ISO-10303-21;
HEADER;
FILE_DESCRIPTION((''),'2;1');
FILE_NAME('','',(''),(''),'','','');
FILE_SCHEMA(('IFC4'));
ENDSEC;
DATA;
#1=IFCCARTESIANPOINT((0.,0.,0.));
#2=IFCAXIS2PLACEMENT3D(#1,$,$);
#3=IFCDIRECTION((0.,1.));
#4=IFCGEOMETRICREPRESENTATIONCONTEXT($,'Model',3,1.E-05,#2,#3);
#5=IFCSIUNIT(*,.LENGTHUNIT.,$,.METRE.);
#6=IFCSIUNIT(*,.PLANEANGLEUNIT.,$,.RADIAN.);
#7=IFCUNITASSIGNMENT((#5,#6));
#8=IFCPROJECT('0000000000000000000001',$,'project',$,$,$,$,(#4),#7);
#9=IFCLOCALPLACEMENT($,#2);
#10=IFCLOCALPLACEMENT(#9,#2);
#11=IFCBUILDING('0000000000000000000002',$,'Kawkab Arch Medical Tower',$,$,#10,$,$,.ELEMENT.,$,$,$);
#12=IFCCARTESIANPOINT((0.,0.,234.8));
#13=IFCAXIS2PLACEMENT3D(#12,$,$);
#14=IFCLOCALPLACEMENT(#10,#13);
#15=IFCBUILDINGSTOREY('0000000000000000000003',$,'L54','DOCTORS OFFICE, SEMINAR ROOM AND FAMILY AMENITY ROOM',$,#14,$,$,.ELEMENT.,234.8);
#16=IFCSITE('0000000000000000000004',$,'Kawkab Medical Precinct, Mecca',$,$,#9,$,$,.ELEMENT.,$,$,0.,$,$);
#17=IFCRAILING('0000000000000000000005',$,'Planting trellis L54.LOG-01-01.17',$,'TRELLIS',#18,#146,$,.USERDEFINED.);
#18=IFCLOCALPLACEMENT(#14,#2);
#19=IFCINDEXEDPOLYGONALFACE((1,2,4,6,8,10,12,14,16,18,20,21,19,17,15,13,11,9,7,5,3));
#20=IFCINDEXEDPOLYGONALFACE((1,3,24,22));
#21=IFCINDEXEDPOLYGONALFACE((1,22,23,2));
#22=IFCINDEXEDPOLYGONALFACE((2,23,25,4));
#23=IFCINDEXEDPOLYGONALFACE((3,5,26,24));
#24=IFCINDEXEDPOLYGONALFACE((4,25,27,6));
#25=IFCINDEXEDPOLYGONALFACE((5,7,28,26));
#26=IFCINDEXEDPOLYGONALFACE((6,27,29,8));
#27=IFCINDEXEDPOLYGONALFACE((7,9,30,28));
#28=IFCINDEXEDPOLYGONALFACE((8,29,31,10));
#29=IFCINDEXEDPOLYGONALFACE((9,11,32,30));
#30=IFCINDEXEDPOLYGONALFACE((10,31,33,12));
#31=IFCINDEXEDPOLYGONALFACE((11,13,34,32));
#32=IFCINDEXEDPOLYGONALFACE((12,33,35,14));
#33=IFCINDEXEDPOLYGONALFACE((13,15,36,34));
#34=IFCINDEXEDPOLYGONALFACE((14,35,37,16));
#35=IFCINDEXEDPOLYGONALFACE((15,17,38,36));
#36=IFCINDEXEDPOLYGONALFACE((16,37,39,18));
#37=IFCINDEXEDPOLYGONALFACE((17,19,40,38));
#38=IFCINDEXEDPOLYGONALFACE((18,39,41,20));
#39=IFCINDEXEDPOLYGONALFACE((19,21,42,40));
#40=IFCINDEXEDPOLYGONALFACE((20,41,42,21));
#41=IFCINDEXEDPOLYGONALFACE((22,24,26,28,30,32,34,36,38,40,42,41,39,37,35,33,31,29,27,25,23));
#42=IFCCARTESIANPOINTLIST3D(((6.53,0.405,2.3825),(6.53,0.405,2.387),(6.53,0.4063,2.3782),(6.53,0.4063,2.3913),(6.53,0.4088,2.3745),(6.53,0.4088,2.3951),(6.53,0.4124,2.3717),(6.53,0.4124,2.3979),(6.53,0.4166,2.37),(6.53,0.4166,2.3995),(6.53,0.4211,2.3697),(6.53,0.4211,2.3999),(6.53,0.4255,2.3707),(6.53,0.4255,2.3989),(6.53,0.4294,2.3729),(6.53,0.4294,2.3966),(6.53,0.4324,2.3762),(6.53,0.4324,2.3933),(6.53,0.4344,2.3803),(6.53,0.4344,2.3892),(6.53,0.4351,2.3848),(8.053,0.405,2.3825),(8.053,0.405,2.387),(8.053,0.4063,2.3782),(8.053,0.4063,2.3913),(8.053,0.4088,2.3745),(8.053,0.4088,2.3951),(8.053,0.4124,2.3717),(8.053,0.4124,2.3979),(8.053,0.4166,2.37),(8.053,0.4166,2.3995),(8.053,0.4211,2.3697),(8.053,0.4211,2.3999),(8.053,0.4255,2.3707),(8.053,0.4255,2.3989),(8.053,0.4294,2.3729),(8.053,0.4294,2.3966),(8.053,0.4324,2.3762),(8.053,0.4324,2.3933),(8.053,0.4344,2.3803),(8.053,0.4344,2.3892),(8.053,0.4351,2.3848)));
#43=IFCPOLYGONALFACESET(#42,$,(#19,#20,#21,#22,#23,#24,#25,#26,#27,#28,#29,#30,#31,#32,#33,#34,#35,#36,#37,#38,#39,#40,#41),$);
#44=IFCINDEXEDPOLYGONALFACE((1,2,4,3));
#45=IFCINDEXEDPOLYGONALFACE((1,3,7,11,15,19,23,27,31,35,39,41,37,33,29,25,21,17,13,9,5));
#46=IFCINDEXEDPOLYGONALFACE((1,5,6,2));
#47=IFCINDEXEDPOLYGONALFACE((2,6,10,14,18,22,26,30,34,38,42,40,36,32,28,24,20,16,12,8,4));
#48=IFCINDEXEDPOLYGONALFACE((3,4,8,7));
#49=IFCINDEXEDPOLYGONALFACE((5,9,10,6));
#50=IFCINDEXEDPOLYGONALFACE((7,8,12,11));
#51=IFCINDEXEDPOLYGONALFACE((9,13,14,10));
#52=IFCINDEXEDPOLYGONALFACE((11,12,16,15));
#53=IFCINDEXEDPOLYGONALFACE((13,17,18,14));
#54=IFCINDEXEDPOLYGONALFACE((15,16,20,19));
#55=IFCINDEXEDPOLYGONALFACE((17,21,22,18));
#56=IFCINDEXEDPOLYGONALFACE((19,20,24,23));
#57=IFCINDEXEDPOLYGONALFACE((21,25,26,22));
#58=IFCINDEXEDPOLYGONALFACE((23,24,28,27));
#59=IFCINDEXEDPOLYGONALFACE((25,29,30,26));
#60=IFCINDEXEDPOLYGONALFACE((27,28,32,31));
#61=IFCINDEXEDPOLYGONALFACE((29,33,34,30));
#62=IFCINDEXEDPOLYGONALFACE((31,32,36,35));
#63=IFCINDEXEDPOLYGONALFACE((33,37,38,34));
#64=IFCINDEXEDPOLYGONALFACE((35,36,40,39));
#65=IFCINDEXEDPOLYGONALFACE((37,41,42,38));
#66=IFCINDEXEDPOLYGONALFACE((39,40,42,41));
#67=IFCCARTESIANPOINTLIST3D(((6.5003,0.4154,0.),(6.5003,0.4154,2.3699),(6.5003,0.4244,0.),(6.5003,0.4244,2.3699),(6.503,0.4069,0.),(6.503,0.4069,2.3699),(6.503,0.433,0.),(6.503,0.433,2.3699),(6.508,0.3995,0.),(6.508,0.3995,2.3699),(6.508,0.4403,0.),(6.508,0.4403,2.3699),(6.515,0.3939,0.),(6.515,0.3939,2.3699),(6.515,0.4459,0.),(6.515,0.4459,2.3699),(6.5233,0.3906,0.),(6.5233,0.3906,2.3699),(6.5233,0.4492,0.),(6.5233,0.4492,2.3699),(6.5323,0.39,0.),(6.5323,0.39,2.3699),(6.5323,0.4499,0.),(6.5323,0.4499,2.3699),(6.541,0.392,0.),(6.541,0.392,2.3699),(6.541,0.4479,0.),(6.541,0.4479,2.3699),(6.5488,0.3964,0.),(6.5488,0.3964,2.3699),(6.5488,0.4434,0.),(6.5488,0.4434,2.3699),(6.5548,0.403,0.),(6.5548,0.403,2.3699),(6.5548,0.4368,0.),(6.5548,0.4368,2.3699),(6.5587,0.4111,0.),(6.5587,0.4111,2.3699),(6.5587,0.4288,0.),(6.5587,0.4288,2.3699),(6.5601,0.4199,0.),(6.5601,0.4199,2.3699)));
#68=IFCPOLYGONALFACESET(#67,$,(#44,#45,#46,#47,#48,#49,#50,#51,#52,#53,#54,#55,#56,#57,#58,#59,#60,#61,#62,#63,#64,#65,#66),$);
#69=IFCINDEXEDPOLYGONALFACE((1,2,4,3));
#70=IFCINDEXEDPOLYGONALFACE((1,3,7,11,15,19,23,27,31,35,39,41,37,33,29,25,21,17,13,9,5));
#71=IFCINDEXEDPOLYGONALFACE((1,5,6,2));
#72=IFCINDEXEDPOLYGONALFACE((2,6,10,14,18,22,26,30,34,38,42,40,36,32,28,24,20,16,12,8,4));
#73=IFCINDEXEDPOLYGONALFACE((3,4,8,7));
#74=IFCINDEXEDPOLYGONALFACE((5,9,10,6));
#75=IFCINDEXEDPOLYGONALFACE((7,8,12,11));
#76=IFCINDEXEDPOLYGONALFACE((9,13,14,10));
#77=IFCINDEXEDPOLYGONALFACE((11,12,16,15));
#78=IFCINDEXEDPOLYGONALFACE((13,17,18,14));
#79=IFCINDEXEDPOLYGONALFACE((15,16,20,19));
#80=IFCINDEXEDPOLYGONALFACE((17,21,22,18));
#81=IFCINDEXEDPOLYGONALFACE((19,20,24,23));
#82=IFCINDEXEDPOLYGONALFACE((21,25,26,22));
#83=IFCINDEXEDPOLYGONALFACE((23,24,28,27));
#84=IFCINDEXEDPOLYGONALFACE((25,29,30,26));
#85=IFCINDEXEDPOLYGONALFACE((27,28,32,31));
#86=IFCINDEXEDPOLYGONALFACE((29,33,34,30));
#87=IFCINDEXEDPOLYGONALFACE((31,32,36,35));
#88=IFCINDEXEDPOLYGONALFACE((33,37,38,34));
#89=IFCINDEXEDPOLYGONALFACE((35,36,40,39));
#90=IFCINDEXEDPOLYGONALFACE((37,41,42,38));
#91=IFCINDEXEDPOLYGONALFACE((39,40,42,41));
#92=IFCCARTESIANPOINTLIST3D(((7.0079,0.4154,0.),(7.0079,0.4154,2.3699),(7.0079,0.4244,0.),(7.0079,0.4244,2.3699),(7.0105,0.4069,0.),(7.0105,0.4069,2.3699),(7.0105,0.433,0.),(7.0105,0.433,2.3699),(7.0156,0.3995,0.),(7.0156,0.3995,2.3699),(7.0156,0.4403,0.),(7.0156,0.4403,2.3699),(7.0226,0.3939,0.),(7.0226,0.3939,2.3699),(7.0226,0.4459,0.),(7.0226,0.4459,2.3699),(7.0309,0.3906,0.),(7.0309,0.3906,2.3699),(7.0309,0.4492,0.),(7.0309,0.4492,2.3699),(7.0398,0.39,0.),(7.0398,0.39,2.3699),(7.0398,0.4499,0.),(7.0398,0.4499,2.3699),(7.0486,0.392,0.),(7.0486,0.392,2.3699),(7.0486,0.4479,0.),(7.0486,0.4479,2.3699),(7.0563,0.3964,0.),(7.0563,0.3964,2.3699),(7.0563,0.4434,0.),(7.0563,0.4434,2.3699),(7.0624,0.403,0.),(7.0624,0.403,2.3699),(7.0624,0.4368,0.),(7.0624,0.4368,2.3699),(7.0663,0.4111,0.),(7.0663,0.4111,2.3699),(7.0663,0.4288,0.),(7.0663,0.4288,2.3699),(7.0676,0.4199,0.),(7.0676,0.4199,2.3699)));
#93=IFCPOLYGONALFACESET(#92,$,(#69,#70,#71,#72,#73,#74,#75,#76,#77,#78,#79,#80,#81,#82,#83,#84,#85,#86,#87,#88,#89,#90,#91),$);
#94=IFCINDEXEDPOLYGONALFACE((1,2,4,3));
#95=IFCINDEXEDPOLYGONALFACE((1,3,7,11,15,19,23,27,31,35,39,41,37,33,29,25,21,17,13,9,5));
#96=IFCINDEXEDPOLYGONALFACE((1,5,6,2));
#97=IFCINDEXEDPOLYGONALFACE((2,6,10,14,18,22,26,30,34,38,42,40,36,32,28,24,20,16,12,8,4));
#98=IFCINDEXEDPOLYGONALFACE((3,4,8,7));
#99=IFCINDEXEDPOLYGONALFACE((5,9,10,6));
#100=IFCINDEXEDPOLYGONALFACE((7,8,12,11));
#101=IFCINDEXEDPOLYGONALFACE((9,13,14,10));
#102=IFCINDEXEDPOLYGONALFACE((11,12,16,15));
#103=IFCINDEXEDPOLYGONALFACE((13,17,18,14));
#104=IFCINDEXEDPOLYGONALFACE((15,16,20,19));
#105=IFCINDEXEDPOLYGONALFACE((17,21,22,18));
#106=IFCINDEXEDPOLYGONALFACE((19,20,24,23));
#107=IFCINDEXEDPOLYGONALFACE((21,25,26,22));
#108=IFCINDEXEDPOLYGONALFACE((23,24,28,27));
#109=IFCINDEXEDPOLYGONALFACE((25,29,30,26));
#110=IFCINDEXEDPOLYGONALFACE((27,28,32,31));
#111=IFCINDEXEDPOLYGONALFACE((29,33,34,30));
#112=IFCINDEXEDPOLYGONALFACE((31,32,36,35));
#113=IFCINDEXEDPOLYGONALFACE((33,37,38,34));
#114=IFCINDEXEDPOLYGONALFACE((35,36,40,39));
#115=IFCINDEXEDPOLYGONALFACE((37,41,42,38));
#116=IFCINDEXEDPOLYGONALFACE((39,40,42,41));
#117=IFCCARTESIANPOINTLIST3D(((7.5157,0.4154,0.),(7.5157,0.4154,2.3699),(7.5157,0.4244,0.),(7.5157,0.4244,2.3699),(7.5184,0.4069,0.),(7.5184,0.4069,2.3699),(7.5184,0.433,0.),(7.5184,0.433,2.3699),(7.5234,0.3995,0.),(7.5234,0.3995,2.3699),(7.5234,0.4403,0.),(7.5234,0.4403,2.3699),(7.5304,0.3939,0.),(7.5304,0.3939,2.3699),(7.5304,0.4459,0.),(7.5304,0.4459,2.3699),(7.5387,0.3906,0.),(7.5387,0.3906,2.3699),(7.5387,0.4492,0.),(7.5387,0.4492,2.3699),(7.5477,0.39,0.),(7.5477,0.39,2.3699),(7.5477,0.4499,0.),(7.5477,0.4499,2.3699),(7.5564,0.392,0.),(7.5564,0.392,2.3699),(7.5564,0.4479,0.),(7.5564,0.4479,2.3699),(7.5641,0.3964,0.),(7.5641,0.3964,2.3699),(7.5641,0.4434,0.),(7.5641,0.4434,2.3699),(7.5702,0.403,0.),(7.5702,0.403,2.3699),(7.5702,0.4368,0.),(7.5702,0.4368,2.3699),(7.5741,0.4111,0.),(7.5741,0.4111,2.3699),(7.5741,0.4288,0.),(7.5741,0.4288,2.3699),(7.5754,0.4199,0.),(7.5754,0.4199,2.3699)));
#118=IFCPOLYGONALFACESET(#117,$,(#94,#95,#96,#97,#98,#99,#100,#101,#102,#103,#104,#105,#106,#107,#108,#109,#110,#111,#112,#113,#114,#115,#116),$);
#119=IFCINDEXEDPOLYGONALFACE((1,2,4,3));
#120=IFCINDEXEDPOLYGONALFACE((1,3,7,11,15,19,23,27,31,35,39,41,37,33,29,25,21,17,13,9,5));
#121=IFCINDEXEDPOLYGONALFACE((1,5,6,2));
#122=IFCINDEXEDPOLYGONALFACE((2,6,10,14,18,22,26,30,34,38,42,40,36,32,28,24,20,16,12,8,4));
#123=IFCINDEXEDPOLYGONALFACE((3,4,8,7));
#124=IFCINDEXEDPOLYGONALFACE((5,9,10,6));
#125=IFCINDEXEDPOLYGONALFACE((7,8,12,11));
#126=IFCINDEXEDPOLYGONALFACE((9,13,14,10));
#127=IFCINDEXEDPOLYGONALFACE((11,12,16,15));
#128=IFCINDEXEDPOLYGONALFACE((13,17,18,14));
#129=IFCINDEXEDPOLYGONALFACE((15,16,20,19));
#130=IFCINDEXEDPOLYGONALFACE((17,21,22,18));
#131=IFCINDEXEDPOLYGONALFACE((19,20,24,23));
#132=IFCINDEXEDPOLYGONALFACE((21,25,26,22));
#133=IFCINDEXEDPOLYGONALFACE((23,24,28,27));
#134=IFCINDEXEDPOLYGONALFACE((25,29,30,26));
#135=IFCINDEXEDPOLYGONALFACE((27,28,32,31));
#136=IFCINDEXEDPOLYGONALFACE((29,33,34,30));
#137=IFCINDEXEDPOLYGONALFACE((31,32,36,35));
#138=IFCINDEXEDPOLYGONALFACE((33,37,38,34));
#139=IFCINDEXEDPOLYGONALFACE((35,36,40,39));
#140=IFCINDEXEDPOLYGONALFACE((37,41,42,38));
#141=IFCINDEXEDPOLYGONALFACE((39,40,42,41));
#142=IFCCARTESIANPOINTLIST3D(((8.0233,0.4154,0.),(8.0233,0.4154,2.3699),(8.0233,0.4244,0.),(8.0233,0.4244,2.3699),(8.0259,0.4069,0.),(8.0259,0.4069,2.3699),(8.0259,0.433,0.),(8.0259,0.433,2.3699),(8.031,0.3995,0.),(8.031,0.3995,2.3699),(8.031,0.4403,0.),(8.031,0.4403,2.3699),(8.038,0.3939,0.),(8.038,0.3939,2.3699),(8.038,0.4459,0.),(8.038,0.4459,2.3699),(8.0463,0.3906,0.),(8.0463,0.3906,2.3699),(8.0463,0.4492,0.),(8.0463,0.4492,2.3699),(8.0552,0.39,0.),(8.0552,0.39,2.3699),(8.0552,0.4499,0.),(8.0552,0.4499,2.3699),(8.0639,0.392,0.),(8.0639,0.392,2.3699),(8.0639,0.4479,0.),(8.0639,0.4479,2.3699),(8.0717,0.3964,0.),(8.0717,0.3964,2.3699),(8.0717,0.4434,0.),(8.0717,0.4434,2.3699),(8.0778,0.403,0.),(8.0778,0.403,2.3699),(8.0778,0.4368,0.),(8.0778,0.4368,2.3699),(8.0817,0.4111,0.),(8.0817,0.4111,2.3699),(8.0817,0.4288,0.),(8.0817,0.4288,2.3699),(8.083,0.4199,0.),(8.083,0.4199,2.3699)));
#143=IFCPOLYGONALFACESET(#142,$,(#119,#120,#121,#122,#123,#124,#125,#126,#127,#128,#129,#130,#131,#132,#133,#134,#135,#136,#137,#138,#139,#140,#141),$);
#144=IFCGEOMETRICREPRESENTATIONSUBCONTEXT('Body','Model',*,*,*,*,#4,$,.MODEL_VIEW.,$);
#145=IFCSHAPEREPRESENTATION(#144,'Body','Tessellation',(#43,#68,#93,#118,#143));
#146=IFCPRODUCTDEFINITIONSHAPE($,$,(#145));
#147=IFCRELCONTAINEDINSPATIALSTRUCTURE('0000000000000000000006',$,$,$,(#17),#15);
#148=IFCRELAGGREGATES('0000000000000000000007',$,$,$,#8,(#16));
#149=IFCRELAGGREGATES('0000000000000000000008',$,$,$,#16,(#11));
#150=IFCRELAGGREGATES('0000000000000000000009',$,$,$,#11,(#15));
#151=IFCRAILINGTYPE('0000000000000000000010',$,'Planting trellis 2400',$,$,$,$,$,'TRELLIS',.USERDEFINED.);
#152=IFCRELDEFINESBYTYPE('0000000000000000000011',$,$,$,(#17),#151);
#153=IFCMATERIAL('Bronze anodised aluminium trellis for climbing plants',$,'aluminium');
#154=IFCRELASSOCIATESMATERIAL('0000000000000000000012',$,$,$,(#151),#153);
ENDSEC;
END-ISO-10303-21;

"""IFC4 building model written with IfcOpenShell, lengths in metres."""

from ifc_helpers import new_model, si_unit, direction, frame, origin, origin_2d, place, context, subcontext, project, spatial, circle, extrude, material, type_object, element, save


model = new_model("IFC4")

# Units and contexts
model_context = context("Model", 3, precision=1e-05, world=origin(), true_north=direction((0.0, 1.0)))
body_context = subcontext(model_context, "Body", "Model", "MODEL_VIEW")
ifc_project = project(units=[si_unit("LENGTHUNIT", "METRE"), si_unit("PLANEANGLEUNIT", "RADIAN")], contexts=[model_context])

# Site, building, storey
site_placement = place(None, origin())
site = spatial("IfcSite", under=ifc_project, at=site_placement, Name="Kawkab Medical Precinct, Mecca", CompositionType="ELEMENT", RefElevation=0.0)
building_placement = place(site_placement, origin())
building = spatial("IfcBuilding", under=site, at=building_placement, Name="Kawkab Arch Medical Tower", CompositionType="ELEMENT")
storey_placement = place(building_placement, frame((0.0, 0.0, 234.8)))
storey = spatial("IfcBuildingStorey", under=building, at=storey_placement, Name="L54", Description="DOCTORS OFFICE, SEMINAR ROOM AND FAMILY AMENITY ROOM", CompositionType="ELEMENT", Elevation=234.8)

# Railing
ifc_material_1 = material(Name="Bronze anodised aluminium trellis for climbing plants", Category="aluminium")
railing_type_1 = type_object("IfcRailingType", Name="Planting trellis 2400", ElementType="TRELLIS", PredefinedType="USERDEFINED", material=ifc_material_1)
railing_1_placement = place(storey_placement, frame((6.53, 0.4199, 0.0)))
element("IfcRailing", 1, at=railing_1_placement, inside=storey, type_object=railing_type_1, Name="Planting trellis L54.LOG-01-01.17", ObjectType="TRELLIS", PredefinedType="USERDEFINED", context=body_context, shape_type="SweptSolid", body=[
    extrude(circle(Radius=0.0151, at=origin_2d()), frame((0.0, 0.0, 2.3848), z_axis=(1.0, 0.0, 0.0), x_axis=(0.0, 1.0, 0.0)), (0.0, 0.0, 1.0), 1.5229),
    extrude(circle(Radius=0.03, at=origin_2d()), origin(), (0.0, 0.0, 1.0), 2.3699),
    extrude(circle(Radius=0.03, at=origin_2d()), frame((0.5076, 0.0, 0.0)), (0.0, 0.0, 1.0), 2.3699),
    extrude(circle(Radius=0.03, at=origin_2d()), frame((1.0154, 0.0, 0.0)), (0.0, 0.0, 1.0), 2.3699),
    extrude(circle(Radius=0.03, at=origin_2d()), frame((1.5229, 0.0, 0.0)), (0.0, 0.0, 1.0), 2.3699),
])

save(model, "model.ifc")
